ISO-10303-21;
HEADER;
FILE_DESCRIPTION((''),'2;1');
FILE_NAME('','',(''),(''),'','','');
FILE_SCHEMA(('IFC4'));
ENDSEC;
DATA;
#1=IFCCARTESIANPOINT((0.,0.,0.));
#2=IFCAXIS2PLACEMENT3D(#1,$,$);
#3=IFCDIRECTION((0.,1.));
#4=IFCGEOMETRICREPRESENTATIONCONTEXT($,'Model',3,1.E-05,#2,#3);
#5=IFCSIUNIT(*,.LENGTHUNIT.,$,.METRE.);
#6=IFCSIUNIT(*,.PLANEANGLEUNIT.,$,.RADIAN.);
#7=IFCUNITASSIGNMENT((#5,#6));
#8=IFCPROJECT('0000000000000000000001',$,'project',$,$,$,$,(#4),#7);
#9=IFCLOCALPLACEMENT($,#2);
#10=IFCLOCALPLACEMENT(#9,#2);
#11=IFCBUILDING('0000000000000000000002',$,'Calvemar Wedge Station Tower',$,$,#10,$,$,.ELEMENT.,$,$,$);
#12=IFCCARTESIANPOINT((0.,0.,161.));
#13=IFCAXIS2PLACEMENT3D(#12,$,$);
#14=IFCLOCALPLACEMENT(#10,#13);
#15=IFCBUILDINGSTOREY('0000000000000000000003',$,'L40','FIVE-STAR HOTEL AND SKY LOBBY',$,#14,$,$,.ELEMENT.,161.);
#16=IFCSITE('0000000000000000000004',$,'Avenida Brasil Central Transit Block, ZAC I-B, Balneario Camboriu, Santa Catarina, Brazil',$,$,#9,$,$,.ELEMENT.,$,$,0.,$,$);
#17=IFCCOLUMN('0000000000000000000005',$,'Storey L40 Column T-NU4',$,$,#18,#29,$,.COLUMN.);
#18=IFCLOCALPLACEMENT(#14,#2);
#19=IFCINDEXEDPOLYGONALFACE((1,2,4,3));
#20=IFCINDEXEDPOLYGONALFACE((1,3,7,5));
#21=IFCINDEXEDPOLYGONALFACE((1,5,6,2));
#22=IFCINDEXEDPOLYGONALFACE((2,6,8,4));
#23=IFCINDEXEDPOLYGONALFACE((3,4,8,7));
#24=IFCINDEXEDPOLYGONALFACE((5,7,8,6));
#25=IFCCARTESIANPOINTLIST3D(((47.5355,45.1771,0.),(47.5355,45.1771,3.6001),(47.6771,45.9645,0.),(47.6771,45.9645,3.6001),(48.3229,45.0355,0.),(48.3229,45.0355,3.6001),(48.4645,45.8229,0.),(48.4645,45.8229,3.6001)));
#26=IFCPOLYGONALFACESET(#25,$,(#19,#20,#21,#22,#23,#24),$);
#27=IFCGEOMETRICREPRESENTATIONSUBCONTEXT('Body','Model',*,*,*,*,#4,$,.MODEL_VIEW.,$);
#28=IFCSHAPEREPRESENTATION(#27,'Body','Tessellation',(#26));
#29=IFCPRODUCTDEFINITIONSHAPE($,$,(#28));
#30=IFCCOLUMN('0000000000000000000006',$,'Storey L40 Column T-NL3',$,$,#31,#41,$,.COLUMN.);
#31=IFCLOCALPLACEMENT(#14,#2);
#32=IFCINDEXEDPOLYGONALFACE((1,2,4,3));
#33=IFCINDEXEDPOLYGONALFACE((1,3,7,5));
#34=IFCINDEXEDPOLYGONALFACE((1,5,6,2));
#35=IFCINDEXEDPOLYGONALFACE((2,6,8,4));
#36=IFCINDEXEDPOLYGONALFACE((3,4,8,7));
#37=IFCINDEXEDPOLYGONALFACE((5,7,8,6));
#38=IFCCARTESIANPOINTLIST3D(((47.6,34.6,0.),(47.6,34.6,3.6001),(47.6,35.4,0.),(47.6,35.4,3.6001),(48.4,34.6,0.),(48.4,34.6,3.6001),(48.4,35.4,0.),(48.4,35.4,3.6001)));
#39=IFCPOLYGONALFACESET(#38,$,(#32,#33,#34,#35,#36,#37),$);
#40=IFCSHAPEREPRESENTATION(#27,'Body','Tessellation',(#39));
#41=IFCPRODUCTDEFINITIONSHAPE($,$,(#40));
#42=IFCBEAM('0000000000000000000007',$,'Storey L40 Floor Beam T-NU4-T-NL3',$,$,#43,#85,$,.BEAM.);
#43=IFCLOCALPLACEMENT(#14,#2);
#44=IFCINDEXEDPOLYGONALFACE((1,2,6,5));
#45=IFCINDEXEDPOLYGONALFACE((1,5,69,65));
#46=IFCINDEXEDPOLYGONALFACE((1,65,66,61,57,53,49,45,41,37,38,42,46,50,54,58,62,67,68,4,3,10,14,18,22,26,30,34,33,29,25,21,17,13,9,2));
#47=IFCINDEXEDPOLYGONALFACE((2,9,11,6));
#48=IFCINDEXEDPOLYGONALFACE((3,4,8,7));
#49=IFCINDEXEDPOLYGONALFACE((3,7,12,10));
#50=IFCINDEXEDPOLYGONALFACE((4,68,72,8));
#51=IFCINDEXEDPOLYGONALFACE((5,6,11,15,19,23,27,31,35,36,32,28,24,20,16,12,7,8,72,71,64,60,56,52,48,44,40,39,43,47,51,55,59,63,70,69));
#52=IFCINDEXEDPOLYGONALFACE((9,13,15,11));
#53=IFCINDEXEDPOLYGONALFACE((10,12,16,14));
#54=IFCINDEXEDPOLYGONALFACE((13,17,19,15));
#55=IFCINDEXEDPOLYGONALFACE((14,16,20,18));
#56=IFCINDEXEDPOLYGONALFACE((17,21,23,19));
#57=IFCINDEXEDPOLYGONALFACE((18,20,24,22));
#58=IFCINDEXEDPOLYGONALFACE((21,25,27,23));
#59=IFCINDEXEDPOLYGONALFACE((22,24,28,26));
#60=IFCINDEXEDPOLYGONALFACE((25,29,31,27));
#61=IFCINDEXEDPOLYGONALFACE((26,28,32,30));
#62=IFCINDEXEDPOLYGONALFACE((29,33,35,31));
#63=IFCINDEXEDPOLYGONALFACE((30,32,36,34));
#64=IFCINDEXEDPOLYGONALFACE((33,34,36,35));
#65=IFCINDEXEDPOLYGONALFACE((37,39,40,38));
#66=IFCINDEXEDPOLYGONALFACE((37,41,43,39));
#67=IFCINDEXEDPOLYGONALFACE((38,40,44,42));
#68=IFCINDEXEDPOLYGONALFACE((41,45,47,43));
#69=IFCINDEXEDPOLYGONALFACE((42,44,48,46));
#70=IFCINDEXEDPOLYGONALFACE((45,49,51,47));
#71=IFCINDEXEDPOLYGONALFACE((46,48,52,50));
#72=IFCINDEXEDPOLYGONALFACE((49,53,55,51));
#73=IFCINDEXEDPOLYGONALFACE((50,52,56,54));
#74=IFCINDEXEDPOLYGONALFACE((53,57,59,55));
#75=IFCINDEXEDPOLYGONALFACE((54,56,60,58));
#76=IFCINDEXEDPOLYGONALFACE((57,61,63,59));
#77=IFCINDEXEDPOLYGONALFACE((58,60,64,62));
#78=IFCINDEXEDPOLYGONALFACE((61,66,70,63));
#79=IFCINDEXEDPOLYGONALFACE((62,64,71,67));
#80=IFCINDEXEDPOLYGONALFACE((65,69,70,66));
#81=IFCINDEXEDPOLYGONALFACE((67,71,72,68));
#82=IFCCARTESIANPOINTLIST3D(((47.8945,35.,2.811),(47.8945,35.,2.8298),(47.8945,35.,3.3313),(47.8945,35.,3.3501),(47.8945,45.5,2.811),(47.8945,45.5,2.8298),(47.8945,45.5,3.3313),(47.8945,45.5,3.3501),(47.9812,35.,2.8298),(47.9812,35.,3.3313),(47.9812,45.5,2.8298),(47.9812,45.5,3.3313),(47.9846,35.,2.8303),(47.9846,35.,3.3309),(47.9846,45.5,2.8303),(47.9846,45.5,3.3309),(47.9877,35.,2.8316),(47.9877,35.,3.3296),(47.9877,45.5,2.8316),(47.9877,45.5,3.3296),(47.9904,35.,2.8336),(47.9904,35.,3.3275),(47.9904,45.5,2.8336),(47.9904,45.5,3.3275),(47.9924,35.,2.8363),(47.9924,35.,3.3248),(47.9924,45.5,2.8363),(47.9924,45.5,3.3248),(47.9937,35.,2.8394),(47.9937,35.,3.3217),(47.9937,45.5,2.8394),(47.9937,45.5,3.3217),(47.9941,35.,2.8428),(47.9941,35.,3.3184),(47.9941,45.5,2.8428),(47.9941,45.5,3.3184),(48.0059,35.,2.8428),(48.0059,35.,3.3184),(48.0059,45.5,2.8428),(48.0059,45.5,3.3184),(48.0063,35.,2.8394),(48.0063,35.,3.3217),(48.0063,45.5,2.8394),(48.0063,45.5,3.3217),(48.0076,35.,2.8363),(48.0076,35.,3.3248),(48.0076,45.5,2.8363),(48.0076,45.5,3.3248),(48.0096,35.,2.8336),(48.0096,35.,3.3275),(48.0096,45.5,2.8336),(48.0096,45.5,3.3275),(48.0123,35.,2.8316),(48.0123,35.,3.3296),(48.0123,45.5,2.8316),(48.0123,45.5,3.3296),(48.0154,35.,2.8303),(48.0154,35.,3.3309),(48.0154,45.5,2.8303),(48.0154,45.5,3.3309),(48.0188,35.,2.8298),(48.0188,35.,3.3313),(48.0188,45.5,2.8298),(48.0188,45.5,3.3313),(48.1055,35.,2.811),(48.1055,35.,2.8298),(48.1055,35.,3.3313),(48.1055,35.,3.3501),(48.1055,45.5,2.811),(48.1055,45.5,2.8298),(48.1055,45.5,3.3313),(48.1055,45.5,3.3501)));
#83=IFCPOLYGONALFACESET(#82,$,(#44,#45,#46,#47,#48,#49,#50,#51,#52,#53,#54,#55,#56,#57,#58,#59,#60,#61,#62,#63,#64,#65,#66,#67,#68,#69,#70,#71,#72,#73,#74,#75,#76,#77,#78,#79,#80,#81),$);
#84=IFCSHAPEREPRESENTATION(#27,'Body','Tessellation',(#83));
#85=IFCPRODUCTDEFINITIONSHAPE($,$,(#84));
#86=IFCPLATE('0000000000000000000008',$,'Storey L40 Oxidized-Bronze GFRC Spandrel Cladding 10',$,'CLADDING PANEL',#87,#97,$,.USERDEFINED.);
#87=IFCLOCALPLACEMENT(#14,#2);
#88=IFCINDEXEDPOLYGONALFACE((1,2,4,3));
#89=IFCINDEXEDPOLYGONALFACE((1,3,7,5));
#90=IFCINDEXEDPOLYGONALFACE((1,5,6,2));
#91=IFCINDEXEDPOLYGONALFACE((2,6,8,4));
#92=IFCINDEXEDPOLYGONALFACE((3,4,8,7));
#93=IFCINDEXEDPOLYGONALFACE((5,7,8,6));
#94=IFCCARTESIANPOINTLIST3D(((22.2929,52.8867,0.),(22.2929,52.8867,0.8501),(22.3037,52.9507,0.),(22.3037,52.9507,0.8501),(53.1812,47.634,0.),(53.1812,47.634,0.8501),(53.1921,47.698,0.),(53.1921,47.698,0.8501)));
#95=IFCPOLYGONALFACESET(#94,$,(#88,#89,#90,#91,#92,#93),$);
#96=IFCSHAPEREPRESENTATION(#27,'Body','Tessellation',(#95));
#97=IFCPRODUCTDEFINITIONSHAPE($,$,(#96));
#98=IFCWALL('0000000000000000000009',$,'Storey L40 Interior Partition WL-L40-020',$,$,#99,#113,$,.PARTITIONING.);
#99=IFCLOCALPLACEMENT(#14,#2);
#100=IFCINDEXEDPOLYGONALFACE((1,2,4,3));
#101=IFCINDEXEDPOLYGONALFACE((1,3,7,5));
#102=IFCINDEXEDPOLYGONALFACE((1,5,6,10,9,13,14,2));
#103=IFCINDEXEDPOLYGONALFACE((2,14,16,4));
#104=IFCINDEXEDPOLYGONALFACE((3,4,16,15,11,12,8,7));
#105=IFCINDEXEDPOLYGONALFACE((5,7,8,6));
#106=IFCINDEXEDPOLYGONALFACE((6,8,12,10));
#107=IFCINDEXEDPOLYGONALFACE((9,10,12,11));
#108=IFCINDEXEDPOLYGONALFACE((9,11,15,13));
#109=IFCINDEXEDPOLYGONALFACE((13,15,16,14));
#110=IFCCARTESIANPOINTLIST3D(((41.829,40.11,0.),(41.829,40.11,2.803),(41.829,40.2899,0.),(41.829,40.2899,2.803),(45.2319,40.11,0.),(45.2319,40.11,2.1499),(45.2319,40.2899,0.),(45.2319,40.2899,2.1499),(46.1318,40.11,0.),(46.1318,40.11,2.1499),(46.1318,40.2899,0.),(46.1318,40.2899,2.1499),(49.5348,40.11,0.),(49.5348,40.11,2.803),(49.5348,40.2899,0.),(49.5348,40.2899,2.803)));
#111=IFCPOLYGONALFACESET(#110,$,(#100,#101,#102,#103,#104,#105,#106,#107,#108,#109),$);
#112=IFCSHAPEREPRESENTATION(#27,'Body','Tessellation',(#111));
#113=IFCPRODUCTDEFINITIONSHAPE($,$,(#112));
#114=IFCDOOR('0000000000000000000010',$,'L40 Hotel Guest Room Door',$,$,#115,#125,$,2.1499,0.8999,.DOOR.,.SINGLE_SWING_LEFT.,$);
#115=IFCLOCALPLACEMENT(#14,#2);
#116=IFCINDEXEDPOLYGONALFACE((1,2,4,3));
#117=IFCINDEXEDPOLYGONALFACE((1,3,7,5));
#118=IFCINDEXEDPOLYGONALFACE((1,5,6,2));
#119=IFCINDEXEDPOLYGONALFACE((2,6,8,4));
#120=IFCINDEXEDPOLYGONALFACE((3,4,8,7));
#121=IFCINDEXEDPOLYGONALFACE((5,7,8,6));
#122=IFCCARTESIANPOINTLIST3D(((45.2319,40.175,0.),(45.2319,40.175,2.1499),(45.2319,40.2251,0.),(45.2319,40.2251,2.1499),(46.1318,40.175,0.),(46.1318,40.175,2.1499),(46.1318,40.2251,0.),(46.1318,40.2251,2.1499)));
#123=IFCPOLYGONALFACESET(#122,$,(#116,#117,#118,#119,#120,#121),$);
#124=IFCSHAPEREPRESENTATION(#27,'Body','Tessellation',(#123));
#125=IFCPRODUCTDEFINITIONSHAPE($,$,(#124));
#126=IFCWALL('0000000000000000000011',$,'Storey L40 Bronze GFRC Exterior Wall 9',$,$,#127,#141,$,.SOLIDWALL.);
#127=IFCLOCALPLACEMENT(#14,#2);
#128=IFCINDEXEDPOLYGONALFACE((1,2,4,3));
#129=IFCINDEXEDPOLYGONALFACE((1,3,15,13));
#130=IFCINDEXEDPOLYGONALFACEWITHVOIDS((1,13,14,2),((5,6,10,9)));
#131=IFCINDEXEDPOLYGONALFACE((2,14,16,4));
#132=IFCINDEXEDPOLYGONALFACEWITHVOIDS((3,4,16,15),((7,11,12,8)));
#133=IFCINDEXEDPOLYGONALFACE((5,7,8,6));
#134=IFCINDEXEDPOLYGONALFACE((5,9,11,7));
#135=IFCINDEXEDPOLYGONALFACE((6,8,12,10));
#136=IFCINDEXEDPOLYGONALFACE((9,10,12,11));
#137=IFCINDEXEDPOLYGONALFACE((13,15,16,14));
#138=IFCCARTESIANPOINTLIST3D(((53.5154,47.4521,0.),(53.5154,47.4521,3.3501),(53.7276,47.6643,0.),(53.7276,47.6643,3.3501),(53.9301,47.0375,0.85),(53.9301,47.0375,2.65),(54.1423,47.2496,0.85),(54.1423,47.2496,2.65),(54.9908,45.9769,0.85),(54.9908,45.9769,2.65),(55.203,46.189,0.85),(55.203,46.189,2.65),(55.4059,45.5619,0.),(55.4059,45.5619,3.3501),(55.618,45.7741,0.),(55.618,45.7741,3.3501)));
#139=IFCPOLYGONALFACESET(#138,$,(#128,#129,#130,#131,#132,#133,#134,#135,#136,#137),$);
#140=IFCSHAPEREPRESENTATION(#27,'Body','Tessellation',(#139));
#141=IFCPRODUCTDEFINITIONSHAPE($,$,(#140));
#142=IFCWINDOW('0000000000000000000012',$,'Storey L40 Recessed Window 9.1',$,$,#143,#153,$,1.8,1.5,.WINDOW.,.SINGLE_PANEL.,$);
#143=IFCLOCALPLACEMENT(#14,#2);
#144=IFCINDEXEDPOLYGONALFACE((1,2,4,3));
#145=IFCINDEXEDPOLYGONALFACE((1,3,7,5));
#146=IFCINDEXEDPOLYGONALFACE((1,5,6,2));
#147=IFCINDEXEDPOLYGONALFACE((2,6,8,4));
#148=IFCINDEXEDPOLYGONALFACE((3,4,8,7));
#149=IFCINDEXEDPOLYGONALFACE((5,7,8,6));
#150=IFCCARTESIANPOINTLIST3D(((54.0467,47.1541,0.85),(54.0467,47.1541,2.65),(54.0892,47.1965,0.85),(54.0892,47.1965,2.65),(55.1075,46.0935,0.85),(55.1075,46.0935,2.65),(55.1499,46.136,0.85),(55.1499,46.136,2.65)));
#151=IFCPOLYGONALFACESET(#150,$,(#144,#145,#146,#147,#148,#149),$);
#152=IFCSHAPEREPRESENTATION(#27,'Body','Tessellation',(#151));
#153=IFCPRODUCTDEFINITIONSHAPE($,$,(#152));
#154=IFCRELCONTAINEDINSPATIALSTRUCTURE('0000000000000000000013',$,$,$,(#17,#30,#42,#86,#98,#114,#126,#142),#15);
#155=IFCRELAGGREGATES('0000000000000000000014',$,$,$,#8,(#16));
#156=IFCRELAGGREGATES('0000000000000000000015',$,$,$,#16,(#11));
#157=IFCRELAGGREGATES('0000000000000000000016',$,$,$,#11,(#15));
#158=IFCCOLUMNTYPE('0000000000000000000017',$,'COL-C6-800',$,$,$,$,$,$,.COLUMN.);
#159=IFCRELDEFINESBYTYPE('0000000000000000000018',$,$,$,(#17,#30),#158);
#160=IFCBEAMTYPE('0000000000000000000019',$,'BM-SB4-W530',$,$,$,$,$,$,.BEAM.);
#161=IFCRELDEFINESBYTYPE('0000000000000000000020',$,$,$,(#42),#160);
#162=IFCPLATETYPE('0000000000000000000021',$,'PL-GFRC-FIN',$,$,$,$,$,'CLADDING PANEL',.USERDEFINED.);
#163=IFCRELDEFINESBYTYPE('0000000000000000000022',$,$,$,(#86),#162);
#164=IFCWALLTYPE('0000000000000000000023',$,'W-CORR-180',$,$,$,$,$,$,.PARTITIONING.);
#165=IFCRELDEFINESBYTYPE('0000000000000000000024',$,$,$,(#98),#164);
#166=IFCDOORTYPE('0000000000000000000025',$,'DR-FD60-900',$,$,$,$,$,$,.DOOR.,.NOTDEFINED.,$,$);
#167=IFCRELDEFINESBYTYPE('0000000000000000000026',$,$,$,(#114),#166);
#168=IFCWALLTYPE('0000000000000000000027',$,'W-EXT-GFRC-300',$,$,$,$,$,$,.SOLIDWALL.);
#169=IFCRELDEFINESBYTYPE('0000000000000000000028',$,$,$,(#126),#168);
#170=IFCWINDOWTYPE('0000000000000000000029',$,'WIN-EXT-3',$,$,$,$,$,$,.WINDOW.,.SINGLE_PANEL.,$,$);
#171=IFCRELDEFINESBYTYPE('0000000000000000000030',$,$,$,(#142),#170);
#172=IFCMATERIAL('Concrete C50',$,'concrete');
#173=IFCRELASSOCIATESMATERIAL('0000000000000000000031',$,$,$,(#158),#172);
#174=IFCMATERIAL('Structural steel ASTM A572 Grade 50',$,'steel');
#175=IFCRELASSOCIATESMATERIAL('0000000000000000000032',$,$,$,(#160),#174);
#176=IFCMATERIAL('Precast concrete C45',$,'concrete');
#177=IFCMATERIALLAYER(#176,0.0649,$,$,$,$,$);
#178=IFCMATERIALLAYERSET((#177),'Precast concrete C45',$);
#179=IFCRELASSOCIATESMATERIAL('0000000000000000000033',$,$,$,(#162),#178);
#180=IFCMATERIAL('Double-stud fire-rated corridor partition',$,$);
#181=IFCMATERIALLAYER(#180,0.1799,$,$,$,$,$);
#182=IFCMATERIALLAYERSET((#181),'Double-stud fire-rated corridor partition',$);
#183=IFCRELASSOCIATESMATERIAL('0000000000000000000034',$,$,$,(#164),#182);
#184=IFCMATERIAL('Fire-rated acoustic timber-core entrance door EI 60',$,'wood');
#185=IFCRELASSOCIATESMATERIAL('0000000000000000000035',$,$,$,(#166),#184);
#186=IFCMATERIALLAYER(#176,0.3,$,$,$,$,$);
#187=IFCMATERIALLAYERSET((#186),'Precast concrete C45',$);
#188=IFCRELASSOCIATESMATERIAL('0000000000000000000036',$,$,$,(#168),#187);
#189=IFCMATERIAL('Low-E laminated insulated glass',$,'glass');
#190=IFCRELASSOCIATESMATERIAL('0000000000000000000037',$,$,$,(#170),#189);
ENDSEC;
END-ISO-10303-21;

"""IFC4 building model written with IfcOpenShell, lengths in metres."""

from ifc_helpers import new_model, si_unit, direction, frame, frame_2d, origin, origin_2d, place, context, subcontext, project, spatial, rectangle, i_section, extrude, source, transform, mapped, material, layer, layer_set, material_profile, profile_set, type_object, element, fill, save


model = new_model("IFC4")

# Units and contexts
model_context = context("Model", 3, precision=1e-05, world=origin(), true_north=direction((0.0, 1.0)))
body_context = subcontext(model_context, "Body", "Model", "MODEL_VIEW")
ifc_project = project(units=[si_unit("LENGTHUNIT", "METRE"), si_unit("PLANEANGLEUNIT", "RADIAN")], contexts=[model_context])

# Site, building, storey
site_placement = place(None, origin())
site = spatial("IfcSite", under=ifc_project, at=site_placement, Name="Avenida Brasil Central Transit Block, ZAC I-B, Balneario Camboriu, Santa Catarina, Brazil", CompositionType="ELEMENT", RefElevation=0.0)
building_placement = place(site_placement, origin())
building = spatial("IfcBuilding", under=site, at=building_placement, Name="Calvemar Wedge Station Tower", CompositionType="ELEMENT")
storey_placement = place(building_placement, frame((0.0, 0.0, 161.0)))
storey = spatial("IfcBuildingStorey", under=building, at=storey_placement, Name="L40", Description="FIVE-STAR HOTEL AND SKY LOBBY", CompositionType="ELEMENT", Elevation=161.0)

# Columns
ifc_material_1 = material(Name="Concrete C50", Category="concrete")
ifc_material_profile_1 = material_profile(ifc_material_1, rectangle(XDim=0.8, YDim=0.8, at=origin_2d()), Name="RC800x800")
ifc_profile_set_1 = profile_set([ifc_material_profile_1], Name="Concrete C50")
column_type = type_object("IfcColumnType", Name="COL-C6-800", PredefinedType="COLUMN", material=ifc_profile_set_1)
shared_shape_1 = source(origin(), body_context, "Body", "SweptSolid", [
    extrude(rectangle(XDim=0.8, YDim=0.8, at=origin_2d()), origin(), (0.0, 0.0, 1.0), 3.6001),
])
for number, where, z_axis, x_axis, name in (
    (1, (48.0, 45.5, 0.0), (0.0, 0.0, 1.0), (0.984196, -0.177085, 0.0), "Storey L40 Column T-NU4"),
    (2, (48.0, 35.0, 0.0), (0.0, 0.0, 1.0), (1.0, 0.0, 0.0), "Storey L40 Column T-NL3"),
):
    element("IfcColumn", number, at=place(storey_placement, frame(where, z_axis=z_axis, x_axis=x_axis)), inside=storey, type_object=column_type, Name=name, PredefinedType="COLUMN", context=body_context, shape_type="MappedRepresentation", body=[
        mapped(shared_shape_1, transform((0.0, 0.0, 0.0), scale=1.0)),
    ])

# Beam
ifc_material_2 = material(Name="Structural steel ASTM A572 Grade 50", Category="steel")
ifc_material_profile_2 = material_profile(ifc_material_2, i_section(OverallWidth=0.2109, OverallDepth=0.5391, WebThickness=0.0117, FlangeThickness=0.0188, FilletRadius=0.0129, at=origin_2d()), Name="W530x109")
ifc_profile_set_2 = profile_set([ifc_material_profile_2], Name="Structural steel ASTM A572 Grade 50")
beam_type = type_object("IfcBeamType", Name="BM-SB4-W530", PredefinedType="BEAM", material=ifc_profile_set_2)
shared_shape_2 = source(origin(), body_context, "Body", "SweptSolid", [
    extrude(i_section(OverallWidth=0.2109, OverallDepth=0.5391, WebThickness=0.0117, FlangeThickness=0.0188, FilletRadius=0.0129, at=origin_2d()), origin(), (0.0, 0.0, 1.0), 10.5),
])
beam_placement = place(storey_placement, frame((48.0, 45.5, 3.0806), z_axis=(0.0, -1.0, 0.0), x_axis=(1.0, 0.0, 0.0)))
element("IfcBeam", 3, at=beam_placement, inside=storey, type_object=beam_type, Name="Storey L40 Floor Beam T-NU4-T-NL3", PredefinedType="BEAM", context=body_context, shape_type="MappedRepresentation", body=[
    mapped(shared_shape_2, transform((0.0, 0.0, 0.0), scale=1.0)),
])

# Plate
ifc_material_3 = material(Name="Precast concrete C45", Category="concrete")
ifc_layer_1 = layer(ifc_material_3, 0.0649)
ifc_layer_set_1 = layer_set([ifc_layer_1], Name="Precast concrete C45")
plate_type = type_object("IfcPlateType", Name="PL-GFRC-FIN", ElementType="CLADDING PANEL", PredefinedType="USERDEFINED", material=ifc_layer_set_1)
plate_placement = place(storey_placement, frame((53.1868, 47.666, 0.0), z_axis=(0.0, 0.0, 1.0), x_axis=(-0.985847, 0.167647, 0.0)))
element("IfcPlate", 4, at=plate_placement, inside=storey, type_object=plate_type, Name="Storey L40 Oxidized-Bronze GFRC Spandrel Cladding 10", ObjectType="CLADDING PANEL", PredefinedType="USERDEFINED", context=body_context, shape_type="SweptSolid", body=[
    extrude(rectangle(XDim=31.3318, YDim=0.0649, at=frame_2d((15.666, 0.0))), origin(), (0.0, 0.0, 1.0), 0.8501),
])

# Wall, opening, door
ifc_material_4 = material(Name="Double-stud fire-rated corridor partition")
ifc_layer_2 = layer(ifc_material_4, 0.1799)
ifc_layer_set_2 = layer_set([ifc_layer_2], Name="Double-stud fire-rated corridor partition")
wall_type_1 = type_object("IfcWallType", Name="W-CORR-180", PredefinedType="PARTITIONING", material=ifc_layer_set_2)
wall_1_placement = place(storey_placement, frame((49.5349, 40.2, 0.0), z_axis=(0.0, 0.0, 1.0), x_axis=(-1.0, 0.0, 0.0)))
wall_1 = element("IfcWall", 5, at=wall_1_placement, inside=storey, type_object=wall_type_1, Name="Storey L40 Interior Partition WL-L40-020", PredefinedType="PARTITIONING", context=body_context, shape_type="SweptSolid", body=[
    extrude(rectangle(XDim=7.7058, YDim=0.1799, at=frame_2d((3.853, 0.0))), origin(), (0.0, 0.0, 1.0), 2.803),
])
shared_shape_3 = source(origin(), body_context, "Body", "SweptSolid", [
    extrude(rectangle(XDim=0.8999, YDim=2.1499, at=frame_2d((0.45, 1.075))), frame((0.0, 0.1001, 0.0), z_axis=(0.0, -1.0, 0.0), x_axis=(1.0, 0.0, 0.0)), (0.0, 0.0, 1.0), 0.2),
])
opening_1_placement = place(wall_1_placement, frame((3.4031, 0.0, 0.0)))
opening_1 = element("IfcOpeningElement", 6, at=opening_1_placement, cuts=wall_1, PredefinedType="OPENING", context=body_context, shape_type="MappedRepresentation", body=[
    mapped(shared_shape_3, transform((0.0, 0.0, 0.0), scale=1.0)),
])
ifc_material_5 = material(Name="Fire-rated acoustic timber-core entrance door EI 60", Category="wood")
door_type_1 = type_object("IfcDoorType", Name="DR-FD60-900", OperationType="NOTDEFINED", PredefinedType="DOOR", material=ifc_material_5)
shared_shape_4 = source(origin(), body_context, "Body", "SweptSolid", [
    extrude(rectangle(XDim=0.8999, YDim=2.1499, at=frame_2d((0.45, 1.075))), frame((0.0, 0.0249, 0.0), z_axis=(0.0, -1.0, 0.0), x_axis=(1.0, 0.0, 0.0)), (0.0, 0.0, 1.0), 0.05),
])
door_1_placement = place(opening_1_placement, origin())
door_1 = element("IfcDoor", 7, at=door_1_placement, inside=storey, type_object=door_type_1, Name="L40 Hotel Guest Room Door", OperationType="SINGLE_SWING_LEFT", OverallHeight=2.1499, OverallWidth=0.8999, PredefinedType="DOOR", context=body_context, shape_type="MappedRepresentation", body=[
    mapped(shared_shape_4, transform((0.0, 0.0, 0.0), scale=1.0)),
])
fill(opening_1, door_1)

# Wall, opening, window
ifc_layer_3 = layer(ifc_material_3, 0.3)
ifc_layer_set_3 = layer_set([ifc_layer_3], Name="Precast concrete C45")
wall_type_2 = type_object("IfcWallType", Name="W-EXT-GFRC-300", PredefinedType="SOLIDWALL", material=ifc_layer_set_3)
wall_2_placement = place(storey_placement, frame((55.512, 45.668, 0.0), z_axis=(0.0, 0.0, 1.0), x_axis=(-0.707152, 0.707061, 0.0)))
wall_2 = element("IfcWall", 8, at=wall_2_placement, inside=storey, type_object=wall_type_2, Name="Storey L40 Bronze GFRC Exterior Wall 9", PredefinedType="SOLIDWALL", context=body_context, shape_type="SweptSolid", body=[
    extrude(rectangle(XDim=2.6733, YDim=0.3, at=frame_2d((1.3367, 0.0))), origin(), (0.0, 0.0, 1.0), 3.3501),
])
shared_shape_5 = source(origin(), body_context, "Body", "SweptSolid", [
    extrude(rectangle(XDim=1.5, YDim=1.8, at=frame_2d((0.75, 0.8999))), frame((0.0, 0.1602, 0.0), z_axis=(0.0, -1.0, 0.0), x_axis=(1.0, 0.0, 0.0)), (0.0, 0.0, 1.0), 0.3201),
])
opening_2_placement = place(wall_2_placement, frame((0.5869, 0.0, 0.8501)))
opening_2 = element("IfcOpeningElement", 9, at=opening_2_placement, cuts=wall_2, PredefinedType="OPENING", context=body_context, shape_type="MappedRepresentation", body=[
    mapped(shared_shape_5, transform((0.0, 0.0, 0.0), scale=1.0)),
])
ifc_material_6 = material(Name="Low-E laminated insulated glass", Category="glass")
window_type_1 = type_object("IfcWindowType", Name="WIN-EXT-3", PartitioningType="SINGLE_PANEL", PredefinedType="WINDOW", material=ifc_material_6)
shared_shape_6 = source(origin(), body_context, "Body", "SweptSolid", [
    extrude(rectangle(XDim=1.5, YDim=1.8, at=frame_2d((0.75, 0.8999))), frame((0.0, -0.0149, 0.0), z_axis=(0.0, -1.0, 0.0), x_axis=(1.0, 0.0, 0.0)), (0.0, 0.0, 1.0), 0.0601),
])
window_1_placement = place(opening_2_placement, origin())
window_1 = element("IfcWindow", 10, at=window_1_placement, inside=storey, type_object=window_type_1, Name="Storey L40 Recessed Window 9.1", OverallHeight=1.8, OverallWidth=1.5, PartitioningType="SINGLE_PANEL", PredefinedType="WINDOW", context=body_context, shape_type="MappedRepresentation", body=[
    mapped(shared_shape_6, transform((0.0, 0.0, 0.0), scale=1.0)),
])
fill(opening_2, window_1)

save(model, "model.ifc")
